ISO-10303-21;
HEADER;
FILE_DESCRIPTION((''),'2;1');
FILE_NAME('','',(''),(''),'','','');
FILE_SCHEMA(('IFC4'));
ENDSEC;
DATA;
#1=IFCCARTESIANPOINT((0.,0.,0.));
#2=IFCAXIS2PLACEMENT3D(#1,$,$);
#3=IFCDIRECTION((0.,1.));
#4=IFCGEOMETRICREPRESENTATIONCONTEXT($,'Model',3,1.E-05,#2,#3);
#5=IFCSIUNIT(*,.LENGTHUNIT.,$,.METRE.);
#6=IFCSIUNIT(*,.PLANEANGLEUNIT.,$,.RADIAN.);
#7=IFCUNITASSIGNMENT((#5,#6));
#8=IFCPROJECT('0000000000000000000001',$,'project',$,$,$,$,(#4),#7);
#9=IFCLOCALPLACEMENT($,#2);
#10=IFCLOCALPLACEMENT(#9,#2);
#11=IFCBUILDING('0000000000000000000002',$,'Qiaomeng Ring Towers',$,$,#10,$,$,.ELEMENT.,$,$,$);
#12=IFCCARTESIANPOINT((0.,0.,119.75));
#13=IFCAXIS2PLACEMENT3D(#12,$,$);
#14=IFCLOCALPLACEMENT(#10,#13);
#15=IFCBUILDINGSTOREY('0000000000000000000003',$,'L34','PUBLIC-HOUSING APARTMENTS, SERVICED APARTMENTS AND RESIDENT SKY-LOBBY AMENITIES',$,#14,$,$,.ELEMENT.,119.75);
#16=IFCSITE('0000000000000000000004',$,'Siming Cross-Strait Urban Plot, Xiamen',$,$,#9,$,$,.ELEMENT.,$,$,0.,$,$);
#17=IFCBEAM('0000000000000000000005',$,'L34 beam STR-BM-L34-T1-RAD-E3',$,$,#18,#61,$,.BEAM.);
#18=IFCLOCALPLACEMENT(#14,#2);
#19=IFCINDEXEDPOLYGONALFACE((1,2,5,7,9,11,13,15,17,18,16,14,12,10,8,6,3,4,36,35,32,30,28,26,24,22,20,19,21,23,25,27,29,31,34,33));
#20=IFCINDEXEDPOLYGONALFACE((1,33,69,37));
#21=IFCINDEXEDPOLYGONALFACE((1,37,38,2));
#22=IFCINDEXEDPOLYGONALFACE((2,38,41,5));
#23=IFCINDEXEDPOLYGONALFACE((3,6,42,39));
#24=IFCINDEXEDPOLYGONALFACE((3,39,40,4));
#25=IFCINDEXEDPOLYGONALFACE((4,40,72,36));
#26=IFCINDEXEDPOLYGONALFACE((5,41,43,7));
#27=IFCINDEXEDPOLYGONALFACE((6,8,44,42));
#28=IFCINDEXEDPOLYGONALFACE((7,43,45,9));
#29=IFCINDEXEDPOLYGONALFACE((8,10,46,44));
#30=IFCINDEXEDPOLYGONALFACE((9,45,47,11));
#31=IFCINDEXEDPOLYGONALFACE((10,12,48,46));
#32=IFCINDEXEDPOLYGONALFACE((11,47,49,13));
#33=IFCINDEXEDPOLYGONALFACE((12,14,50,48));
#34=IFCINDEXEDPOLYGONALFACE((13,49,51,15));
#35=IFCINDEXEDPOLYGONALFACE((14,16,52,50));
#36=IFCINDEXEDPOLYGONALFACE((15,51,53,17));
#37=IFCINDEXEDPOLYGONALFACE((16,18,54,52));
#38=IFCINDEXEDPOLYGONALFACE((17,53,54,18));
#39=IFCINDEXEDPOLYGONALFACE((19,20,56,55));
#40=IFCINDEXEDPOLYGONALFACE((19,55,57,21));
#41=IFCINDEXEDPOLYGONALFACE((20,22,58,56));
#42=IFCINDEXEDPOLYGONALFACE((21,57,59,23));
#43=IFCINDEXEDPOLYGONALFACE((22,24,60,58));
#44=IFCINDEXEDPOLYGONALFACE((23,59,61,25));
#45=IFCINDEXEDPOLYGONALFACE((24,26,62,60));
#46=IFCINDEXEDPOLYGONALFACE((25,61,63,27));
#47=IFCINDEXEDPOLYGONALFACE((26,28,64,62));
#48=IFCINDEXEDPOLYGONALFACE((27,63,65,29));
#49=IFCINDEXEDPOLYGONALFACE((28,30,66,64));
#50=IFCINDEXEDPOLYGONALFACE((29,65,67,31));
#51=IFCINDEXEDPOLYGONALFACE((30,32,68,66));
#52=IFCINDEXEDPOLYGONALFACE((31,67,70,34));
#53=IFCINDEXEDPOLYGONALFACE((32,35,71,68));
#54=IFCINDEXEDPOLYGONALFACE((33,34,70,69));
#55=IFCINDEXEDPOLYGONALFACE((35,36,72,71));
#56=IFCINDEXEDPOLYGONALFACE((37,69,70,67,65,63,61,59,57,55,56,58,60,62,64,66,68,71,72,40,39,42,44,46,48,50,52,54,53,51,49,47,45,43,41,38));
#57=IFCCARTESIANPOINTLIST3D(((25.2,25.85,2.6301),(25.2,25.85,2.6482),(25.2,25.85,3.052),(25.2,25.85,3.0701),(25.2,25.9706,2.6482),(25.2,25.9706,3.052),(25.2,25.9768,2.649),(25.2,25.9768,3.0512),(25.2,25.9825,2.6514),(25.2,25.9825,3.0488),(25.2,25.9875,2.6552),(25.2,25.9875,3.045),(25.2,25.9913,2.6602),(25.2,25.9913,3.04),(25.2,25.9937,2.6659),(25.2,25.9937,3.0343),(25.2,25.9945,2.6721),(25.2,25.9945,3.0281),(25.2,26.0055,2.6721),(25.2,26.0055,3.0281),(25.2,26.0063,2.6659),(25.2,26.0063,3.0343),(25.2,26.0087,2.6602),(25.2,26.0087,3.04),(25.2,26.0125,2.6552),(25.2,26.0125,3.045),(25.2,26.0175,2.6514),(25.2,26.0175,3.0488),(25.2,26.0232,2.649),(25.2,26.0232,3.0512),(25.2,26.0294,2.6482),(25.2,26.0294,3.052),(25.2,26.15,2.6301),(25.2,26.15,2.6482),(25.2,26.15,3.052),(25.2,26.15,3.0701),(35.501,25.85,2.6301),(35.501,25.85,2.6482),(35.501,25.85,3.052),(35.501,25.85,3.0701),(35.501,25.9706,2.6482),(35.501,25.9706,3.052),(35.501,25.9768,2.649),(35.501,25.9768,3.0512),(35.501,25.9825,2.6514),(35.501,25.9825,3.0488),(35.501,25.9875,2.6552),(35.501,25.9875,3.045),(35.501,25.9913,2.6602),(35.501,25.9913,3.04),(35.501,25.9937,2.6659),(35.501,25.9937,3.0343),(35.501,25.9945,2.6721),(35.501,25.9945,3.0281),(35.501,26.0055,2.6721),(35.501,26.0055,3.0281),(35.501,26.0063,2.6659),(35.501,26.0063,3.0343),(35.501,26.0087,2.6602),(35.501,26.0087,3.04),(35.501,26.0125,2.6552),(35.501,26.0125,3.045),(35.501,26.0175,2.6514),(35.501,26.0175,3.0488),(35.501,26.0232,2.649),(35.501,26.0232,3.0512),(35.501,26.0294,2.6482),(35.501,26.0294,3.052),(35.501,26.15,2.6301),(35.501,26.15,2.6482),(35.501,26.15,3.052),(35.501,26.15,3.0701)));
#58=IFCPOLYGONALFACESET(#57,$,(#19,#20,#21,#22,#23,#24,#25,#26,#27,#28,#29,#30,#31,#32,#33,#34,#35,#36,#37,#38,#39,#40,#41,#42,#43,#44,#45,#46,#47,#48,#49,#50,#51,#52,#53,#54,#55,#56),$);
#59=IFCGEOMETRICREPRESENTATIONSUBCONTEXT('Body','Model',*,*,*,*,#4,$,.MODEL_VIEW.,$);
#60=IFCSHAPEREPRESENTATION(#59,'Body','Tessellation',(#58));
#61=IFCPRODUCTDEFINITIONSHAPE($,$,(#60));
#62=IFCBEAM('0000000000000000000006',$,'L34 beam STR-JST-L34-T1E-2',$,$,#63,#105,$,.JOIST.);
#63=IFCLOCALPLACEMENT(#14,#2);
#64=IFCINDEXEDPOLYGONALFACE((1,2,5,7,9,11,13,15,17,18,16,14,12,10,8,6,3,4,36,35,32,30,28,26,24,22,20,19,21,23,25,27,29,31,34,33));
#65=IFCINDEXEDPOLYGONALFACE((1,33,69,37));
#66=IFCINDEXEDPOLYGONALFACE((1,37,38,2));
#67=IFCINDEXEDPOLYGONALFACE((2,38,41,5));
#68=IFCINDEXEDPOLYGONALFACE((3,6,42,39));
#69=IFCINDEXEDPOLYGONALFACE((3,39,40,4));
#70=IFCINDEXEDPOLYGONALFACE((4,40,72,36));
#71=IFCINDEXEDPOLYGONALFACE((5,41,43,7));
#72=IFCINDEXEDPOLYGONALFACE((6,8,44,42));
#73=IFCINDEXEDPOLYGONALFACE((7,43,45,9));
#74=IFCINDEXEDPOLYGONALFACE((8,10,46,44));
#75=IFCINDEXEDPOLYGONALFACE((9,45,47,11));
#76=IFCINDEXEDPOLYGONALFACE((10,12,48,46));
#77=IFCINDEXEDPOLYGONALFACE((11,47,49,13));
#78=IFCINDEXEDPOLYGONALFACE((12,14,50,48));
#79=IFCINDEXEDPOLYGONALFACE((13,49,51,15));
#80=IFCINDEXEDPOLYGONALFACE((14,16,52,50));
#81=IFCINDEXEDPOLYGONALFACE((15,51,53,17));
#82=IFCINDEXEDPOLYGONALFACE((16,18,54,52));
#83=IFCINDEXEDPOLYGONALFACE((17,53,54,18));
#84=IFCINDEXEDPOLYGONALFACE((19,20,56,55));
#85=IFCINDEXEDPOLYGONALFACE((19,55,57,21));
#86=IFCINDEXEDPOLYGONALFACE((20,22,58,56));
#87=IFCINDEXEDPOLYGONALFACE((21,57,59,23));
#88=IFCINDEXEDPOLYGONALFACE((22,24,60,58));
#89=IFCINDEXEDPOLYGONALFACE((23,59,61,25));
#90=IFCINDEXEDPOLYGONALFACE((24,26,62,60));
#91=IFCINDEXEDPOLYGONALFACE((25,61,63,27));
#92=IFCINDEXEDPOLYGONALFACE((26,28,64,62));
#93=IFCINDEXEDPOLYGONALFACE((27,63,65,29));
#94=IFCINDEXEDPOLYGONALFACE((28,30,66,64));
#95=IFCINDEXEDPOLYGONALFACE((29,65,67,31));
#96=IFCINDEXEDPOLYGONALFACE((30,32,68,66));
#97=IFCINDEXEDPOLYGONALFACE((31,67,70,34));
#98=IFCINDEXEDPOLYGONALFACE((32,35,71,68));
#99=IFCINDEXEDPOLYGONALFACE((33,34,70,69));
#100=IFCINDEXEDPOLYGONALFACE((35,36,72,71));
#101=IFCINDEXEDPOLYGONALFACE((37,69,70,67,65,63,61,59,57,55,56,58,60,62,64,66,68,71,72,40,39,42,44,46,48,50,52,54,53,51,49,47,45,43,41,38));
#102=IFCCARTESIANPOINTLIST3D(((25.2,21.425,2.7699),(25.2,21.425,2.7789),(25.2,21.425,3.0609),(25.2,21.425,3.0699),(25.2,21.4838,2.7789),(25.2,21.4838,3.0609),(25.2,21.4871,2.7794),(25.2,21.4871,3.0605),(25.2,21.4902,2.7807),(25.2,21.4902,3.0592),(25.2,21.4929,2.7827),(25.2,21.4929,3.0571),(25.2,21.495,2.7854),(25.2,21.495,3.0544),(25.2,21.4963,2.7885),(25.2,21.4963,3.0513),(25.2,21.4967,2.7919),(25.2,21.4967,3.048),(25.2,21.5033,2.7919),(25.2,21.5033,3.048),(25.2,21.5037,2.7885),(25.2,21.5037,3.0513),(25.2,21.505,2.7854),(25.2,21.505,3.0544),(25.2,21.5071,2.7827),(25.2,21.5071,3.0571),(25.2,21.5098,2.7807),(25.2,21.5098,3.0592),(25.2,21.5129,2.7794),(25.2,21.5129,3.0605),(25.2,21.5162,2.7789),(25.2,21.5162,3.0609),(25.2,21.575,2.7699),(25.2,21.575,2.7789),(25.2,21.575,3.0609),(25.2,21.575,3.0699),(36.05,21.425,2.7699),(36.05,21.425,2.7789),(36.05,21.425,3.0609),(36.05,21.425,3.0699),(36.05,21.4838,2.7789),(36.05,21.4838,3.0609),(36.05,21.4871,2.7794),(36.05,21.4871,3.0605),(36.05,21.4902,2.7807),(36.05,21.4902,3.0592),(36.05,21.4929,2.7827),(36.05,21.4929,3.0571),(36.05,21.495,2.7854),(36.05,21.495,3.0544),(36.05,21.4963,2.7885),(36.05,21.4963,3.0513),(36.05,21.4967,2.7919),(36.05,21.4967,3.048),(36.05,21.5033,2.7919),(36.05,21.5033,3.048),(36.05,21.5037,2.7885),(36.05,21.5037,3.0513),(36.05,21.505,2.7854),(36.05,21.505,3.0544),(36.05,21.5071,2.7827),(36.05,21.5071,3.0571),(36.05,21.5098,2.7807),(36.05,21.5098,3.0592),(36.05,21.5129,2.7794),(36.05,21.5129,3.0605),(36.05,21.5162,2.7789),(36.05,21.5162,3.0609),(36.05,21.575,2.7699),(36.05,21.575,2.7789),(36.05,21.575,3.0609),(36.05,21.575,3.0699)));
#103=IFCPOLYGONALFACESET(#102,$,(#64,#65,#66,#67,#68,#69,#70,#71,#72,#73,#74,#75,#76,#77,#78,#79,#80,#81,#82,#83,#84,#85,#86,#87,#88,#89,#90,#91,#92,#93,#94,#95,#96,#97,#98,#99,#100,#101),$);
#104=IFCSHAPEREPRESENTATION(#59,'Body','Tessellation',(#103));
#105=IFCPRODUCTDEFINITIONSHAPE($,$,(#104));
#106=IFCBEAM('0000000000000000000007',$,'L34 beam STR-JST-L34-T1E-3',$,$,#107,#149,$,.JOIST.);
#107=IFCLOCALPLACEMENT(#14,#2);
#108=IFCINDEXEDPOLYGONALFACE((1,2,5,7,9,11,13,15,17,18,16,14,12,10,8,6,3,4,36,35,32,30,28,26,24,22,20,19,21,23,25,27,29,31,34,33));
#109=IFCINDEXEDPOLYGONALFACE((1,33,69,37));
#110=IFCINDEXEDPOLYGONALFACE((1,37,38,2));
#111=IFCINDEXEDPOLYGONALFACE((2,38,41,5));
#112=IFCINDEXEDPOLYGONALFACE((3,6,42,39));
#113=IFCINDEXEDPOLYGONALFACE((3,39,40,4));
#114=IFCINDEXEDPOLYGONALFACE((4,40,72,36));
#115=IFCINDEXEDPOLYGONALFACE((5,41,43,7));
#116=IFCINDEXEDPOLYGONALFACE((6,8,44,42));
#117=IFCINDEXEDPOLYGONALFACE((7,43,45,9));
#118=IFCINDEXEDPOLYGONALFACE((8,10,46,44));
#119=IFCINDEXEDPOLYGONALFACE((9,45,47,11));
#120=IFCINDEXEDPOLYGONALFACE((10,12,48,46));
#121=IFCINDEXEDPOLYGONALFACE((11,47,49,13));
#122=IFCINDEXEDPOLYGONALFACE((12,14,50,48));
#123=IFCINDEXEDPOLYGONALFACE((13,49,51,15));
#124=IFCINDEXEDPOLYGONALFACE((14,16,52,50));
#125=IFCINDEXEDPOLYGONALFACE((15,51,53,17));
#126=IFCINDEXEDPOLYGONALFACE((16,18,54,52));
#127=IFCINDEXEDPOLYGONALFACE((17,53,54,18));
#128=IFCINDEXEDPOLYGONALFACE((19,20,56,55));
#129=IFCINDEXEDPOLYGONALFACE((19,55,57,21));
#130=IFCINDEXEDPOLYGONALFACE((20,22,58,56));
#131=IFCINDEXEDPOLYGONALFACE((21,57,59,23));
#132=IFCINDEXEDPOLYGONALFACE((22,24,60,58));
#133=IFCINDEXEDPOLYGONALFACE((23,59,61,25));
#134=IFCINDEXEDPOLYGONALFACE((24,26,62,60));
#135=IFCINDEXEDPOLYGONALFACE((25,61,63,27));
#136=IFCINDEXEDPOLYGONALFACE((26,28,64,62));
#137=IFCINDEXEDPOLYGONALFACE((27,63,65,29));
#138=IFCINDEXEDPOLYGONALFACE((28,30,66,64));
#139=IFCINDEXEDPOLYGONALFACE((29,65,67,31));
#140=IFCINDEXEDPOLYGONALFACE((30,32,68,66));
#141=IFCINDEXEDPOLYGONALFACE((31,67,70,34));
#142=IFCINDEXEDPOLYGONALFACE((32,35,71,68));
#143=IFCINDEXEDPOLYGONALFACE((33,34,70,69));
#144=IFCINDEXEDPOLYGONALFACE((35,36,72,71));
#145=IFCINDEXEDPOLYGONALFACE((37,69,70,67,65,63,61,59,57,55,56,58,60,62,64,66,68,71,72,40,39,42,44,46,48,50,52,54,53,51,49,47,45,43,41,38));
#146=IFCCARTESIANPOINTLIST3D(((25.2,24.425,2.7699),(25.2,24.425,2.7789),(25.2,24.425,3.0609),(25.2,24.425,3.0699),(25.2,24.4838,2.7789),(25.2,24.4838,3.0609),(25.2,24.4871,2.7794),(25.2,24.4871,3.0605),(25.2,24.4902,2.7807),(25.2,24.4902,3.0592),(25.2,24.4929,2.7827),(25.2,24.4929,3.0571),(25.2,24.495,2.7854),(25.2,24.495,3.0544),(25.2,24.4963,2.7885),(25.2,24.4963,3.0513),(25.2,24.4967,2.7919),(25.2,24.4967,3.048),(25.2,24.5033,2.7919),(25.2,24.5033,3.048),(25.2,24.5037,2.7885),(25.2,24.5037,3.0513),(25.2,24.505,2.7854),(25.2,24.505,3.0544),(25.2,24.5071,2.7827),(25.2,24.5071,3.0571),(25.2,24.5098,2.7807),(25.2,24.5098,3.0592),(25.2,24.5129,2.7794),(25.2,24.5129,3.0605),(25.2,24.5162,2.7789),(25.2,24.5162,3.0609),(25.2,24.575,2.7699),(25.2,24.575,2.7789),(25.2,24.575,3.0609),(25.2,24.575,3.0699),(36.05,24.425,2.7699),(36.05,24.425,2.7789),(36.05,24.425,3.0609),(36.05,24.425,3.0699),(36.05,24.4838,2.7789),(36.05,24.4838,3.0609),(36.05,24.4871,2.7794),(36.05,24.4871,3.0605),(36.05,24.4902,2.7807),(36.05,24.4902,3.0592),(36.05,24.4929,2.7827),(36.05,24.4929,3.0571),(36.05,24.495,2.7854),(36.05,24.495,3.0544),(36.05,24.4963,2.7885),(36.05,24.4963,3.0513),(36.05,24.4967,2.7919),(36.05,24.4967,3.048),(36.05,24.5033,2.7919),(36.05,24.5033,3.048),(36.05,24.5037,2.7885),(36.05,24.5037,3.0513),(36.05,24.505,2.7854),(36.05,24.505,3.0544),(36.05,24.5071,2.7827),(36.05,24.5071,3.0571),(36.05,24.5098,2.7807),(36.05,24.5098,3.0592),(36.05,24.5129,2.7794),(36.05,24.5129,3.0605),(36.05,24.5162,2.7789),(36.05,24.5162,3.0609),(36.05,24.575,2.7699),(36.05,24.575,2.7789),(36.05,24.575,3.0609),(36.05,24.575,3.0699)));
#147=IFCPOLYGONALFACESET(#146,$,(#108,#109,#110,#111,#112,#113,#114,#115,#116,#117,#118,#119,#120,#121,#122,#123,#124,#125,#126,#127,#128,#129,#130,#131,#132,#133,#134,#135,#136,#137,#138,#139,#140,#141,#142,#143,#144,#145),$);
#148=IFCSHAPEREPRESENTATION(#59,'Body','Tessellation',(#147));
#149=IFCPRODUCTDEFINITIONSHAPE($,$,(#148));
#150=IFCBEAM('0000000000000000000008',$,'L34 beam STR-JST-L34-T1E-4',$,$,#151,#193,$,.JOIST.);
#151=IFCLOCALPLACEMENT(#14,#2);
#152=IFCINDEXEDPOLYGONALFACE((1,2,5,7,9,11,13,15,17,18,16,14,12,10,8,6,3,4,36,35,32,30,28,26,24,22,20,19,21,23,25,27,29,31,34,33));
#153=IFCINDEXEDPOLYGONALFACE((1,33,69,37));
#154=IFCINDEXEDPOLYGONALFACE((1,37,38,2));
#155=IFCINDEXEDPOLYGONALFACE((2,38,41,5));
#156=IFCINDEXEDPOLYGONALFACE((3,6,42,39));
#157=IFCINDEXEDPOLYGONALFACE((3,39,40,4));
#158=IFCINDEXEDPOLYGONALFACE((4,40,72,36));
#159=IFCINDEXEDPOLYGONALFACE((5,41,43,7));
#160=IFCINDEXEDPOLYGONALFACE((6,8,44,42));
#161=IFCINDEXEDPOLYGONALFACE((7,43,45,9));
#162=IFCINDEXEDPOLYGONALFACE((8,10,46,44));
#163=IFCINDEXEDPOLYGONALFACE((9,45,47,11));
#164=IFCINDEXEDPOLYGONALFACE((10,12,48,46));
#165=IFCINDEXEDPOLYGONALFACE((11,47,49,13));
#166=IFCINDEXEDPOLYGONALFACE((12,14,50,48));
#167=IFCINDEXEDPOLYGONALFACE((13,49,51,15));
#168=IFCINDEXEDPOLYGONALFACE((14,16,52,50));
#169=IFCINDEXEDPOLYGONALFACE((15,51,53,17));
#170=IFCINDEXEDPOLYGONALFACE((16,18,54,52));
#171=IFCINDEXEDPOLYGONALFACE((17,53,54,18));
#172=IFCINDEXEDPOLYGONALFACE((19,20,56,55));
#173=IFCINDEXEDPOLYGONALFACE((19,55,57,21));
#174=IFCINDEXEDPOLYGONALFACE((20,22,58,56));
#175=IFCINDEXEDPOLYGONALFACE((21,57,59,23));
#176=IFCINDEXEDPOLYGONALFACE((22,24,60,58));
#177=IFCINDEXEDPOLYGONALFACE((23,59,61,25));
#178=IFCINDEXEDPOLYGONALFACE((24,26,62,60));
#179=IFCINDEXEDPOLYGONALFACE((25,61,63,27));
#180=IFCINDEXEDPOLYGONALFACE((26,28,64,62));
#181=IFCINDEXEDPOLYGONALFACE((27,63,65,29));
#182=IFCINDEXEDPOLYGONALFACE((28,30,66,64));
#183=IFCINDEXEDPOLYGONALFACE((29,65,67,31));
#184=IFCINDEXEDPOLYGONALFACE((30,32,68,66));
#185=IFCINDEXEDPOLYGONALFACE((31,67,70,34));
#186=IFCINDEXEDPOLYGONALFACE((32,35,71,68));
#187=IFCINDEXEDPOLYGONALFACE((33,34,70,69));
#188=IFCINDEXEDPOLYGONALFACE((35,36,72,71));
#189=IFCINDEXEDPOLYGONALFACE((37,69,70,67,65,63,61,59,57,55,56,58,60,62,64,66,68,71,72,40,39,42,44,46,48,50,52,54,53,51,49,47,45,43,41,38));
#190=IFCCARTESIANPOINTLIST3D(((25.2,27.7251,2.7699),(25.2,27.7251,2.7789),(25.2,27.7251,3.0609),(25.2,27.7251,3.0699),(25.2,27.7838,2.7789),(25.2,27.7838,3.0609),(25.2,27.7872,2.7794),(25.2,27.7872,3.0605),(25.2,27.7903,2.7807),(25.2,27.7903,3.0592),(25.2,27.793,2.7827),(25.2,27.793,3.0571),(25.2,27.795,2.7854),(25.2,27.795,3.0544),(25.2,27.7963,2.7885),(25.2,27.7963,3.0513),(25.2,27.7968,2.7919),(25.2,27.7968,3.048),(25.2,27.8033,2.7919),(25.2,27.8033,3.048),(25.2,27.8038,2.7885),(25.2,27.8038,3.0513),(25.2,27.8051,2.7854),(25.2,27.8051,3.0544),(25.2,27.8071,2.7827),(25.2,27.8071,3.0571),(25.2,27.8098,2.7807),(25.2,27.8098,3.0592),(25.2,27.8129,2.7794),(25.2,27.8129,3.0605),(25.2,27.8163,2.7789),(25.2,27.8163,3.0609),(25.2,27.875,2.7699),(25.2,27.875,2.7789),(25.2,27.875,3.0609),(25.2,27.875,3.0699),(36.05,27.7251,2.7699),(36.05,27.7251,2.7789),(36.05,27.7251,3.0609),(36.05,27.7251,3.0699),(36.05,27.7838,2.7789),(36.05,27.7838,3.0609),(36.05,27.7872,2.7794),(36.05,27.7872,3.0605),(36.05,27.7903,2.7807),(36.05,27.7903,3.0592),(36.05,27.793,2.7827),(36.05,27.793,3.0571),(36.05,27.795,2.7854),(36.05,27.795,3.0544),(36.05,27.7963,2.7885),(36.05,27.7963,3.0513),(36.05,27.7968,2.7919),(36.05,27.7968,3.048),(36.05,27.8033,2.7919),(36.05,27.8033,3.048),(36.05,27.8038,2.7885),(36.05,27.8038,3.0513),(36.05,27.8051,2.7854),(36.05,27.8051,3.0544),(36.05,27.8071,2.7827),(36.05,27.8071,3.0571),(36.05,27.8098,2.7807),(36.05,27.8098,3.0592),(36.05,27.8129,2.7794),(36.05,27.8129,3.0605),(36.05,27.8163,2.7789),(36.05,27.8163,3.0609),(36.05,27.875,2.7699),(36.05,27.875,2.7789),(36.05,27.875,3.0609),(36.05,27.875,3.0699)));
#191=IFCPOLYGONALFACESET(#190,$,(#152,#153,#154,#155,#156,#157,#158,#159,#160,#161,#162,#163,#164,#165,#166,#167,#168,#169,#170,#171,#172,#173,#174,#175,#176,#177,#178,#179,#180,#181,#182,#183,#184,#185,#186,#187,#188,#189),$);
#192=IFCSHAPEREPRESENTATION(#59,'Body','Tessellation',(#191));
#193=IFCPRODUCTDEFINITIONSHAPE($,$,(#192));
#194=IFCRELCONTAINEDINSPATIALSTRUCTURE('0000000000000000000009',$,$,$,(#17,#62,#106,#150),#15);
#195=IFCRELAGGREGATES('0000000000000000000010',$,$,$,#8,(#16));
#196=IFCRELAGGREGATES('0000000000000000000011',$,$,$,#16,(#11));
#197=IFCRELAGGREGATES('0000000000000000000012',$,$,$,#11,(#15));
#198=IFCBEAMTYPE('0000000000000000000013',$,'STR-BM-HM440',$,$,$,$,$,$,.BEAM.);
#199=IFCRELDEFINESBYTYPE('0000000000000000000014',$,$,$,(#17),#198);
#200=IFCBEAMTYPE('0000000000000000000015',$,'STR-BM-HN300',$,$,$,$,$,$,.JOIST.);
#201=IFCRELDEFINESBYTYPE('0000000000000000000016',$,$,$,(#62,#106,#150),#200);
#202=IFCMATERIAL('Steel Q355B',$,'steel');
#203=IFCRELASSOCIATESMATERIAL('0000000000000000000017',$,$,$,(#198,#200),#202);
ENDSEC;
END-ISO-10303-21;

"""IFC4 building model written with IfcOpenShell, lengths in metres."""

from ifc_helpers import new_model, si_unit, direction, frame, origin, origin_2d, place, context, subcontext, project, spatial, i_section, extrude, source, transform, mapped, material, material_profile, profile_set, type_object, element, save


model = new_model("IFC4")

# Units and contexts
model_context = context("Model", 3, precision=1e-05, world=origin(), true_north=direction((0.0, 1.0)))
body_context = subcontext(model_context, "Body", "Model", "MODEL_VIEW")
ifc_project = project(units=[si_unit("LENGTHUNIT", "METRE"), si_unit("PLANEANGLEUNIT", "RADIAN")], contexts=[model_context])

# Site, building, storey
site_placement = place(None, origin())
site = spatial("IfcSite", under=ifc_project, at=site_placement, Name="Siming Cross-Strait Urban Plot, Xiamen", CompositionType="ELEMENT", RefElevation=0.0)
building_placement = place(site_placement, origin())
building = spatial("IfcBuilding", under=site, at=building_placement, Name="Qiaomeng Ring Towers", CompositionType="ELEMENT")
storey_placement = place(building_placement, frame((0.0, 0.0, 119.75)))
storey = spatial("IfcBuildingStorey", under=building, at=storey_placement, Name="L34", Description="PUBLIC-HOUSING APARTMENTS, SERVICED APARTMENTS AND RESIDENT SKY-LOBBY AMENITIES", CompositionType="ELEMENT", Elevation=119.75)

# Beams
ifc_material_1 = material(Name="Steel Q355B", Category="steel")
ifc_material_profile_1 = material_profile(ifc_material_1, i_section(OverallWidth=0.3, OverallDepth=0.4399, WebThickness=0.011, FlangeThickness=0.0181, FilletRadius=0.0239, at=origin_2d()), Name="HM 440x300x11x18")
ifc_profile_set_1 = profile_set([ifc_material_profile_1], Name="Steel Q355B")
beam_type_1 = type_object("IfcBeamType", Name="STR-BM-HM440", PredefinedType="BEAM", material=ifc_profile_set_1)
shared_shape_1 = source(origin(), body_context, "Body", "SweptSolid", [
    extrude(i_section(OverallWidth=0.3, OverallDepth=0.4399, WebThickness=0.011, FlangeThickness=0.0181, FilletRadius=0.0239, at=origin_2d()), origin(), (0.0, 0.0, 1.0), 10.301),
])
beam_placement = place(storey_placement, frame((25.2, 26.0, 2.8501), z_axis=(1.0, 0.0, 0.0), x_axis=(0.0, 1.0, 0.0)))
element("IfcBeam", 1, at=beam_placement, inside=storey, type_object=beam_type_1, Name="L34 beam STR-BM-L34-T1-RAD-E3", PredefinedType="BEAM", context=body_context, shape_type="MappedRepresentation", body=[
    mapped(shared_shape_1, transform((0.0, 0.0, 0.0), x_axis=(1.0, 0.0, 0.0), y_axis=(0.0, 1.0, 0.0), z_axis=(0.0, 0.0, 1.0), scale=1.0)),
])
ifc_material_profile_2 = material_profile(ifc_material_1, i_section(OverallWidth=0.1499, OverallDepth=0.3, WebThickness=0.0066, FlangeThickness=0.009, FilletRadius=0.0129, at=origin_2d()), Name="HN 300x150x6.5x9")
ifc_profile_set_2 = profile_set([ifc_material_profile_2], Name="Steel Q355B")
beam_type_2 = type_object("IfcBeamType", Name="STR-BM-HN300", PredefinedType="JOIST", material=ifc_profile_set_2)
shared_shape_2 = source(origin(), body_context, "Body", "SweptSolid", [
    extrude(i_section(OverallWidth=0.1499, OverallDepth=0.3, WebThickness=0.0066, FlangeThickness=0.009, FilletRadius=0.0129, at=origin_2d()), origin(), (0.0, 0.0, 1.0), 10.8501),
])
for number, where, z_axis, x_axis, name in (
    (2, (25.2, 21.5, 2.9199), (1.0, 0.0, 0.0), (0.0, 1.0, 0.0), "L34 beam STR-JST-L34-T1E-2"),
    (3, (25.2, 24.5, 2.9199), (1.0, 0.0, 0.0), (0.0, 1.0, 0.0), "L34 beam STR-JST-L34-T1E-3"),
    (4, (25.2, 27.8, 2.9199), (1.0, 0.0, 0.0), (0.0, 1.0, 0.0), "L34 beam STR-JST-L34-T1E-4"),
):
    element("IfcBeam", number, at=place(storey_placement, frame(where, z_axis=z_axis, x_axis=x_axis)), inside=storey, type_object=beam_type_2, Name=name, PredefinedType="JOIST", context=body_context, shape_type="MappedRepresentation", body=[
        mapped(shared_shape_2, transform((0.0, 0.0, 0.0), x_axis=(1.0, 0.0, 0.0), y_axis=(0.0, 1.0, 0.0), z_axis=(0.0, 0.0, 1.0), scale=1.0)),
    ])

save(model, "model.ifc")
